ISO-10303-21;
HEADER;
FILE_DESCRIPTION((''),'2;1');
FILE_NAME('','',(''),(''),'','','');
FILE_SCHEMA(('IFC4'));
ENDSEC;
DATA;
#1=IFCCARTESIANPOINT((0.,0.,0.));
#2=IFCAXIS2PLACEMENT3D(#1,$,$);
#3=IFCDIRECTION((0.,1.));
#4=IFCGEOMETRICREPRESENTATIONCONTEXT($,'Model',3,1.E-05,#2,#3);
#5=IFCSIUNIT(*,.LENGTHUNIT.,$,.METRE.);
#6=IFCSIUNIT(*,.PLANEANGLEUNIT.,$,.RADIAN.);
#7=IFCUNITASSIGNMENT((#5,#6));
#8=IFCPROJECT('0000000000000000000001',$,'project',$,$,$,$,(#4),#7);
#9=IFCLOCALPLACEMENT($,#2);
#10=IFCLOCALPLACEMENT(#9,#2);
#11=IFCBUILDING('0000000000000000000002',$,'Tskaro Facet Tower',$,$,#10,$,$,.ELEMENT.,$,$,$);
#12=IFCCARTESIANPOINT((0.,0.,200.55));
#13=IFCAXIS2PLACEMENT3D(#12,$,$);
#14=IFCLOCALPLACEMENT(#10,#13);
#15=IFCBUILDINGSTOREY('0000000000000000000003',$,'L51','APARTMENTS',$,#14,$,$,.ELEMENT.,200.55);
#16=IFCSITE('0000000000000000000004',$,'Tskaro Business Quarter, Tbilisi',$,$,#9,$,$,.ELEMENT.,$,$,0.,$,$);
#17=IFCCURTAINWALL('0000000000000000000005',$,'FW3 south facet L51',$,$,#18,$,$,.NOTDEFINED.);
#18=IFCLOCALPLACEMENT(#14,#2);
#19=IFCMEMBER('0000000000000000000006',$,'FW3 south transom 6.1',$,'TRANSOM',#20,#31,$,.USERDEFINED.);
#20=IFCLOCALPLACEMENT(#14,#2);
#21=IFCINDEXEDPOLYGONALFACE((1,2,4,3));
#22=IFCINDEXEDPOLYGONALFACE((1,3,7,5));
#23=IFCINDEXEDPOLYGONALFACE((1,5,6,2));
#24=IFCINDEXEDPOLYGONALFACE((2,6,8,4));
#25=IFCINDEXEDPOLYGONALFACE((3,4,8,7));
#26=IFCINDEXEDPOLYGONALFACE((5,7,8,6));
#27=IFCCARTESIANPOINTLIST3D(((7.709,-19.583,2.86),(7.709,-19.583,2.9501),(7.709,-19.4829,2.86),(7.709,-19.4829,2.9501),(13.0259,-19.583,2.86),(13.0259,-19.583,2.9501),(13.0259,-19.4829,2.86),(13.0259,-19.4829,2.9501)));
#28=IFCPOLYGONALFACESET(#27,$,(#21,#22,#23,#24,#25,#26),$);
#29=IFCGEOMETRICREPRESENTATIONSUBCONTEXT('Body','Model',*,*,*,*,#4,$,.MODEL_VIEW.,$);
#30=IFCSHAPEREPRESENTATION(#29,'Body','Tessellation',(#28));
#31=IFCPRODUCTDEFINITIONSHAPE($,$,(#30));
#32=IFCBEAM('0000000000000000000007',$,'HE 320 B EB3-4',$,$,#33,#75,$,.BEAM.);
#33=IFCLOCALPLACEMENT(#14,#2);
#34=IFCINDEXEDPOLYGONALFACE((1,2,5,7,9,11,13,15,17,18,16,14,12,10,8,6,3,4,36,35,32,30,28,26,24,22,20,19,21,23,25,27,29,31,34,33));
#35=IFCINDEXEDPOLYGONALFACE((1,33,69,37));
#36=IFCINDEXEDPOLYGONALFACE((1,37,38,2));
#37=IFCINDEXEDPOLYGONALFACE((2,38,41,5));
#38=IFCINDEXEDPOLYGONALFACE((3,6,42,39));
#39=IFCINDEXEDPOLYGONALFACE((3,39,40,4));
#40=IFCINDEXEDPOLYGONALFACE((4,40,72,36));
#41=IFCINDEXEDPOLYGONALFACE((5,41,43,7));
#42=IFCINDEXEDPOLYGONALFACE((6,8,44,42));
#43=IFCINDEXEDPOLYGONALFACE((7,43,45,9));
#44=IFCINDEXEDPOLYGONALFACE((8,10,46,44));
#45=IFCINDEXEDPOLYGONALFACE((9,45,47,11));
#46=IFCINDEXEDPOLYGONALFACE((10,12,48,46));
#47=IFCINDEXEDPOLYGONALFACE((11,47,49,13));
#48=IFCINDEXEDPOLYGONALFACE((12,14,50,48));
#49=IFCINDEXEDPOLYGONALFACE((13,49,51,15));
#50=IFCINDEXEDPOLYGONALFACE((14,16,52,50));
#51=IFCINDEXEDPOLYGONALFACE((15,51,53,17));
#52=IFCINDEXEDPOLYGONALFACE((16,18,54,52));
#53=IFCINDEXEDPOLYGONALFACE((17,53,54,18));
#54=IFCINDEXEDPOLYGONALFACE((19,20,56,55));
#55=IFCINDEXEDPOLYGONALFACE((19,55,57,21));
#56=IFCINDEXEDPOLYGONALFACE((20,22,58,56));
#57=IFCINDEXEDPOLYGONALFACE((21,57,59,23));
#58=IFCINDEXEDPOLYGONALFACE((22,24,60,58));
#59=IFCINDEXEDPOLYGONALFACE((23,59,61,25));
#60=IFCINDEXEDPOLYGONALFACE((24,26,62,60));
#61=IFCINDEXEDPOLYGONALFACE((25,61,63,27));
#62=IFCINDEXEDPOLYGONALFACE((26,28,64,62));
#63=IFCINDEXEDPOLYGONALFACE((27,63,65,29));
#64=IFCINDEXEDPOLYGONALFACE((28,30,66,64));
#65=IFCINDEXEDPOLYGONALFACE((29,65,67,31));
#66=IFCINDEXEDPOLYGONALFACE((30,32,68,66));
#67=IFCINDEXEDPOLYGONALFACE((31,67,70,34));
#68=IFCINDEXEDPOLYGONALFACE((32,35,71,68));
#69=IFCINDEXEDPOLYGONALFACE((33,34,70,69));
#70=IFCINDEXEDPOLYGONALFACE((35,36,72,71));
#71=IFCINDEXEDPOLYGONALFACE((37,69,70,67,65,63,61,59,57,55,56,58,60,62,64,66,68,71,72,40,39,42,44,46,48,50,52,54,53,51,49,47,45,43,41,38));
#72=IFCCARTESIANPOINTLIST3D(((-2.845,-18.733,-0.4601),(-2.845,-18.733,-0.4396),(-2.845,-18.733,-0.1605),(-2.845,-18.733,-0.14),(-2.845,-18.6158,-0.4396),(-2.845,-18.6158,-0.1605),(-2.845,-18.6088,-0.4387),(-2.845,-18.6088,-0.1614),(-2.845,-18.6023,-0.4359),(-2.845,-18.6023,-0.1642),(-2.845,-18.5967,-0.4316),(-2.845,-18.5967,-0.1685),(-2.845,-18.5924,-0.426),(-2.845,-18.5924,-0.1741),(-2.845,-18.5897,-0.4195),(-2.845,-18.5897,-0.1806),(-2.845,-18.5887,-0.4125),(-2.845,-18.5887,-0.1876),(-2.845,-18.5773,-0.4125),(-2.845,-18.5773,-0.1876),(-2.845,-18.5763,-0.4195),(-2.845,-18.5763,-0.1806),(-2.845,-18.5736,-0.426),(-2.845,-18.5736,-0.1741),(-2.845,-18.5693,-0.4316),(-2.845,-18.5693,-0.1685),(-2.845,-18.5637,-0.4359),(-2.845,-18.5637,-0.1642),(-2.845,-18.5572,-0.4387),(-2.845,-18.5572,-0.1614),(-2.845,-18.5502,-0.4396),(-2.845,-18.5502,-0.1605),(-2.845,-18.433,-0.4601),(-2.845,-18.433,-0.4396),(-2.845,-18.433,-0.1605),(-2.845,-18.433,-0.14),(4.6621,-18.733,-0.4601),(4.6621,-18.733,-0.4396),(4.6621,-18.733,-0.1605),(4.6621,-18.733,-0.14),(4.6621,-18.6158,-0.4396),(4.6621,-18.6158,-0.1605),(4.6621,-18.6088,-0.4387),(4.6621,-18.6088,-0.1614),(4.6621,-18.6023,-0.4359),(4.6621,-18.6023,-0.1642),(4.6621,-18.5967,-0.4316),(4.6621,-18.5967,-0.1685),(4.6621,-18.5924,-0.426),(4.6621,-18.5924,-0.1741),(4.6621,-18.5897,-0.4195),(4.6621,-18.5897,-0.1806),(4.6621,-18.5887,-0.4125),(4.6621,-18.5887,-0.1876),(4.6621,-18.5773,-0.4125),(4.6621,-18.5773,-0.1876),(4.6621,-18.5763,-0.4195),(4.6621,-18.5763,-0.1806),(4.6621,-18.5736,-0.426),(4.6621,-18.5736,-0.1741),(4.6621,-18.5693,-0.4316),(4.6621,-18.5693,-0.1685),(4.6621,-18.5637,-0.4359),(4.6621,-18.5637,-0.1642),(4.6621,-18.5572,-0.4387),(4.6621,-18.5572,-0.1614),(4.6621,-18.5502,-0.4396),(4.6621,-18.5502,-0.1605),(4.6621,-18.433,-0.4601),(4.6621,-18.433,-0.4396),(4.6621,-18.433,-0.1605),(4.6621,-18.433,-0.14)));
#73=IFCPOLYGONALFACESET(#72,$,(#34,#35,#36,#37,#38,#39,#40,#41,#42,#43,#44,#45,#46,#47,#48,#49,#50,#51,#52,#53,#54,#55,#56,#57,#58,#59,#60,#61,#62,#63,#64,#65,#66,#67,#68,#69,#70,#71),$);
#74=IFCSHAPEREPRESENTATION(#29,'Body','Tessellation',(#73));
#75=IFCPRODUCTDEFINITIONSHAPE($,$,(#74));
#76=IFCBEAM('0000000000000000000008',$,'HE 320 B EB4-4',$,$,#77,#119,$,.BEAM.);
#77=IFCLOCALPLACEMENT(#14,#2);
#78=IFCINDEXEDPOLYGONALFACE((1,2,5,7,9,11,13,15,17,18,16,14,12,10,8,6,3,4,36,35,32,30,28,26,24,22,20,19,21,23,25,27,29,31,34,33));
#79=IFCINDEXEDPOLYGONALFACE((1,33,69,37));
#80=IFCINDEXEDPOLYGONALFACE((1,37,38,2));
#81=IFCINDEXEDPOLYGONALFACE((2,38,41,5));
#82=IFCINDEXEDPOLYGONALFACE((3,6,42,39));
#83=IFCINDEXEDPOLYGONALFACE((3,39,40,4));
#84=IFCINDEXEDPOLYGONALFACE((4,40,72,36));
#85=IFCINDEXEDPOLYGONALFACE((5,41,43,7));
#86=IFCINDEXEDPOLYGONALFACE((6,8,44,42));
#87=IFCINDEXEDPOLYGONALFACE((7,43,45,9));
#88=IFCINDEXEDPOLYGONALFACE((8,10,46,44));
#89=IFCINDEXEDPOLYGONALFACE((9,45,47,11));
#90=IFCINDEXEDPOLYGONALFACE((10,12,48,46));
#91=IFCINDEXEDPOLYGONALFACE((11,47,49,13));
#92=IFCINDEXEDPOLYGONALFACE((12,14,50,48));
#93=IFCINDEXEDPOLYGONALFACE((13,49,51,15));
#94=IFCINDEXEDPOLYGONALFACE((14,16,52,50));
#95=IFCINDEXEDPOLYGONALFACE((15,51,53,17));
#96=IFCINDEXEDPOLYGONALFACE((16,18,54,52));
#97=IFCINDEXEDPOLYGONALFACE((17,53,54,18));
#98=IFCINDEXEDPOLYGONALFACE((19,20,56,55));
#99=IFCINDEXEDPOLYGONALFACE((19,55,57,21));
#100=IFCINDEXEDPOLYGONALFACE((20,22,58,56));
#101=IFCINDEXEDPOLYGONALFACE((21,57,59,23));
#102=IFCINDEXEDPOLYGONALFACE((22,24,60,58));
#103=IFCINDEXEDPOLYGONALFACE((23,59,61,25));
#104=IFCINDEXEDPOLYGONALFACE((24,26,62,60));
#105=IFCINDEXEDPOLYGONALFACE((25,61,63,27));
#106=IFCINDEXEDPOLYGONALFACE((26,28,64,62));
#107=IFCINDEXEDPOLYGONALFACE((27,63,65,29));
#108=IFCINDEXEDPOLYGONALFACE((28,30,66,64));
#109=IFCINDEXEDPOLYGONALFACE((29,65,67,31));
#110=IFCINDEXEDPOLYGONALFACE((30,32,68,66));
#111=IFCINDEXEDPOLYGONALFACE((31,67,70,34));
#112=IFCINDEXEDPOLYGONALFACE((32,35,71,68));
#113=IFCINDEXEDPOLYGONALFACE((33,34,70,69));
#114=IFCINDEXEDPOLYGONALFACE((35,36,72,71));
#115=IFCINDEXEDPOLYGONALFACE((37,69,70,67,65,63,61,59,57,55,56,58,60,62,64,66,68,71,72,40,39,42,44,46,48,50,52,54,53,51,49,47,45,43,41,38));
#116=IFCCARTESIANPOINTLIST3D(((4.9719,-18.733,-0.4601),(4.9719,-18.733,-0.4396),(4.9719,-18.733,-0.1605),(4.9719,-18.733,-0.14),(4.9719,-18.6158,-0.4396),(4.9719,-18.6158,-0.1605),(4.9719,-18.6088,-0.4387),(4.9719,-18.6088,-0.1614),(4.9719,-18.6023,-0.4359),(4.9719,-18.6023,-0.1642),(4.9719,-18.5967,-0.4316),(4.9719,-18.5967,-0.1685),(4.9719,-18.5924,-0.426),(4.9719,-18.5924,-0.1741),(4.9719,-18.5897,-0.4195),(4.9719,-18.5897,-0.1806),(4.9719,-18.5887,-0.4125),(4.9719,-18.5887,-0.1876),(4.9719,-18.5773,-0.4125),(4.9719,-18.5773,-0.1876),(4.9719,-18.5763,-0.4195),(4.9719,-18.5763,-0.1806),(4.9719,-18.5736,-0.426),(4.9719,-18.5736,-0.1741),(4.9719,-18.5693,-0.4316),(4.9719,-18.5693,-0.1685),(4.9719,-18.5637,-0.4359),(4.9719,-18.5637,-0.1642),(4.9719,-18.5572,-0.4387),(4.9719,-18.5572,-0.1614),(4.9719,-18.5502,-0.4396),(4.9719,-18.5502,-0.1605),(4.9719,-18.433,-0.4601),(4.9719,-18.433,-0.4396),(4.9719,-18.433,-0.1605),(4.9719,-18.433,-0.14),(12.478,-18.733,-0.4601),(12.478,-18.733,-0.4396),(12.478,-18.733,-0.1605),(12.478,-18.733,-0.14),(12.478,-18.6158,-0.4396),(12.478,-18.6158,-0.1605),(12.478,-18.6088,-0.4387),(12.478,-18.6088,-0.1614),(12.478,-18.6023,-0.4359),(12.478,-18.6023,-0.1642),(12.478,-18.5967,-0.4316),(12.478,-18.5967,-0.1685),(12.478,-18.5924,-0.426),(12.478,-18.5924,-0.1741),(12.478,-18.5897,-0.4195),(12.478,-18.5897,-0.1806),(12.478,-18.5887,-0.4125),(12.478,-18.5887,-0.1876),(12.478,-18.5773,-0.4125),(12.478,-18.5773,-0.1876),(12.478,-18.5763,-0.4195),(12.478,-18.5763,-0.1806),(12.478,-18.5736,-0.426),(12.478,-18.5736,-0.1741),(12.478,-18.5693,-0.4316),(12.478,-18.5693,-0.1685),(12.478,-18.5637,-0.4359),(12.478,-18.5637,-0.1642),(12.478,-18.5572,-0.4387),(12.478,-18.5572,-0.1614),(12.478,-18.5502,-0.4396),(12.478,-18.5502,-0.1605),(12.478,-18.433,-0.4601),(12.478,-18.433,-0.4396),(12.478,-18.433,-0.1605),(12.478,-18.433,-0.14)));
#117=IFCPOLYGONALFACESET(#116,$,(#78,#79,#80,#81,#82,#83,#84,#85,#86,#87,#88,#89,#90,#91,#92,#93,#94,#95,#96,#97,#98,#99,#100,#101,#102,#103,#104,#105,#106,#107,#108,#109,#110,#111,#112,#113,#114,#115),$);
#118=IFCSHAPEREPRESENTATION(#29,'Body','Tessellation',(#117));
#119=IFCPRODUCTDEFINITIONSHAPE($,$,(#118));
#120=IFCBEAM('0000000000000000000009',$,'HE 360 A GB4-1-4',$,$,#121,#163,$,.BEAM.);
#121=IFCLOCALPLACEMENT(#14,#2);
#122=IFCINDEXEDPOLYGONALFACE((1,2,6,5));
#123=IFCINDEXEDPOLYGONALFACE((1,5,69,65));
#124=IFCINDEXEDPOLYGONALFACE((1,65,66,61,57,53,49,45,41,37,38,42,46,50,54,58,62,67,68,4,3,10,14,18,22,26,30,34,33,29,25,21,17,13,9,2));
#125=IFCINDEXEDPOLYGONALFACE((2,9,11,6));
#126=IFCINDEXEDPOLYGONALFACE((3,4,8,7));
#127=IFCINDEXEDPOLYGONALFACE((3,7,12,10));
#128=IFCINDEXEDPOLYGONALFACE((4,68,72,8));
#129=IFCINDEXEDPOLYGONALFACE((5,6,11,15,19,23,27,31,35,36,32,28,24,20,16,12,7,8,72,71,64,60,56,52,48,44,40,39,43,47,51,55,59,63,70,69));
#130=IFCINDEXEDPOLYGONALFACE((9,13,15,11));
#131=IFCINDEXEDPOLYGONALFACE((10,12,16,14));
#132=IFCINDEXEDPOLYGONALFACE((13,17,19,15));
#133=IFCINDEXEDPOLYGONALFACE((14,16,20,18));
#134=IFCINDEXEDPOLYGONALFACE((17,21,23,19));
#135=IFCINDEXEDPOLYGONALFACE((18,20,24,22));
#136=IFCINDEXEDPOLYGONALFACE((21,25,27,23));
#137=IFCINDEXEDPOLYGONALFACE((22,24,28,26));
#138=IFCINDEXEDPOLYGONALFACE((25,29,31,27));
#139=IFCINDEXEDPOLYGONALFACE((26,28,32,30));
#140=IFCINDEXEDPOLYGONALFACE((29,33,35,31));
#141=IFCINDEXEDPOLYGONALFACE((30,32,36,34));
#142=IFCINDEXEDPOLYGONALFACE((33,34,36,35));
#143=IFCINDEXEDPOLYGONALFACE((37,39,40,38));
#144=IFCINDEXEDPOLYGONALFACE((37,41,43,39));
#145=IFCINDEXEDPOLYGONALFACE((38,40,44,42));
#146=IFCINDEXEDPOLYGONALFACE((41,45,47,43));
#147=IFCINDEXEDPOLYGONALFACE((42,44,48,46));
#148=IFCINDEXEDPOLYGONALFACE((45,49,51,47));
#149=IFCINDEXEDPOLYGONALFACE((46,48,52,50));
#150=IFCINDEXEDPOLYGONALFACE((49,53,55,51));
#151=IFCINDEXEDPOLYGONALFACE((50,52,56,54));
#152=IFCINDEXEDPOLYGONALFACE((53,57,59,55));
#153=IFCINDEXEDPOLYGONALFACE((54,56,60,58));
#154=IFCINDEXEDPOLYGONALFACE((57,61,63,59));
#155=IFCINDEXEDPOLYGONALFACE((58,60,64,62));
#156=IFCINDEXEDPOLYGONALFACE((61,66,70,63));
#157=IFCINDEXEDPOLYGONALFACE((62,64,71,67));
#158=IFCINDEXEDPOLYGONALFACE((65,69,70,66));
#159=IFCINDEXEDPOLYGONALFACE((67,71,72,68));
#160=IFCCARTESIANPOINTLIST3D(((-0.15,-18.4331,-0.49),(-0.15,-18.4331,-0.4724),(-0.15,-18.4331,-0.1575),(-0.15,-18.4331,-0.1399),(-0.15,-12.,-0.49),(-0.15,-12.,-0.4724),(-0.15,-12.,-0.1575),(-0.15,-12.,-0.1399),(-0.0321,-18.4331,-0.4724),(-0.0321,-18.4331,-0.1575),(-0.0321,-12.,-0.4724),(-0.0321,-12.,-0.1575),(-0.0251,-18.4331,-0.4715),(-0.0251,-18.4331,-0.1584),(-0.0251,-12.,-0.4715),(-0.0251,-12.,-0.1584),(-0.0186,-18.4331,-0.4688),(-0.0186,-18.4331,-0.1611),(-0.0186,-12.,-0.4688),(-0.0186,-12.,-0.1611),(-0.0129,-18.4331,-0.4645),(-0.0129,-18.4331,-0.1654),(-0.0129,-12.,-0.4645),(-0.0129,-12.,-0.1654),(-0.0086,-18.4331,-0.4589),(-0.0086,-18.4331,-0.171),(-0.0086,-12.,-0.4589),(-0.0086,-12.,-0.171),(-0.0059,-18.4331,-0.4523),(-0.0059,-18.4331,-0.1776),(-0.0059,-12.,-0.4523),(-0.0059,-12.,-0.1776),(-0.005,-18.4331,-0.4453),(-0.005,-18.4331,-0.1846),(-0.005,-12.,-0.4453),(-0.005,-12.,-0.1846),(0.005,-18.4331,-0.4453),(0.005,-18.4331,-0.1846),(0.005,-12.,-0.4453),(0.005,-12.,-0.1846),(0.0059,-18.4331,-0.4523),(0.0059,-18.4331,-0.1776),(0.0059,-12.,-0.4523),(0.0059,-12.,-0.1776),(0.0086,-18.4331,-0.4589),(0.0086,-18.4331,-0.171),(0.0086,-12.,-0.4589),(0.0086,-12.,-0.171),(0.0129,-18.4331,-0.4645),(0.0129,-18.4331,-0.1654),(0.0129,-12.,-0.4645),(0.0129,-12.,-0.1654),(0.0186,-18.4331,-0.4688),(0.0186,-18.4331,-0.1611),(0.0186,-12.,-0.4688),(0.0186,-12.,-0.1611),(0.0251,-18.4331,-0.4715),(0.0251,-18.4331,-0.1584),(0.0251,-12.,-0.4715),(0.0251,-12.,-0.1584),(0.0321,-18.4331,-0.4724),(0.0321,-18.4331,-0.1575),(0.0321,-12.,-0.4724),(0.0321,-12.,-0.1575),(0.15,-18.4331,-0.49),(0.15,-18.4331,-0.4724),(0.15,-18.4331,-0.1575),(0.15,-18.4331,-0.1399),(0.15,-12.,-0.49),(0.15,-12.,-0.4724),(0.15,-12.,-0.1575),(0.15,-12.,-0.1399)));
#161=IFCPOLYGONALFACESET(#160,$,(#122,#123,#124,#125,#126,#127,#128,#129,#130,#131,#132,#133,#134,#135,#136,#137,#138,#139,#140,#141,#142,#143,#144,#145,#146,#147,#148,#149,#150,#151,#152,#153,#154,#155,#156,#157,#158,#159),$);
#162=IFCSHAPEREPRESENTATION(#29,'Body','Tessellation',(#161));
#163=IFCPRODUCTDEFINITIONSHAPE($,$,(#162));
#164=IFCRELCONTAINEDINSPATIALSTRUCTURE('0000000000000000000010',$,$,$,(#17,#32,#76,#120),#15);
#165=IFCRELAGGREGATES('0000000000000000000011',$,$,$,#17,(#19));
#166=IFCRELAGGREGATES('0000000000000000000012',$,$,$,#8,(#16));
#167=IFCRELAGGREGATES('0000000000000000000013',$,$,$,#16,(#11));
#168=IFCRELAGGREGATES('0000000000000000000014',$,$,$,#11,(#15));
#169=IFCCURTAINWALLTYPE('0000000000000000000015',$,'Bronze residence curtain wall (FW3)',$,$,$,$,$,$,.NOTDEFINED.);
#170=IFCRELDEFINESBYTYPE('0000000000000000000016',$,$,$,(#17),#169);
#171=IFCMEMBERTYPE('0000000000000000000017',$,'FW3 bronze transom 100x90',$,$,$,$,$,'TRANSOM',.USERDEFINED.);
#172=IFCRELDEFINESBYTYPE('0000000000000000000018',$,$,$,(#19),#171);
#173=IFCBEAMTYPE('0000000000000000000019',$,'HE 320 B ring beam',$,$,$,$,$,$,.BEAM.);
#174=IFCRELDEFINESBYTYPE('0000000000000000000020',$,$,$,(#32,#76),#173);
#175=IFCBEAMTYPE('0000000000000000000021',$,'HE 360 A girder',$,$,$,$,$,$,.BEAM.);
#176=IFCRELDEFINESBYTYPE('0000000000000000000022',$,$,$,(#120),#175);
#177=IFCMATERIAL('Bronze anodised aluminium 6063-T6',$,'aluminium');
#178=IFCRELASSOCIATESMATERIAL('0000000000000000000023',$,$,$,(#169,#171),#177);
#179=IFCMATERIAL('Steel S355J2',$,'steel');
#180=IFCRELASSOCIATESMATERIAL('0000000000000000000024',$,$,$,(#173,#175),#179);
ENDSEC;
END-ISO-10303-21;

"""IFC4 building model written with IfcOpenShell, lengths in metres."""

from ifc_helpers import new_model, si_unit, direction, frame, origin, origin_2d, place, context, subcontext, project, spatial, rectangle, i_section, extrude, material, material_profile, profile_set, type_object, element, aggregate, save


model = new_model("IFC4")

# Units and contexts
model_context = context("Model", 3, precision=1e-05, world=origin(), true_north=direction((0.0, 1.0)))
body_context = subcontext(model_context, "Body", "Model", "MODEL_VIEW")
ifc_project = project(units=[si_unit("LENGTHUNIT", "METRE"), si_unit("PLANEANGLEUNIT", "RADIAN")], contexts=[model_context])

# Site, building, storey
site_placement = place(None, origin())
site = spatial("IfcSite", under=ifc_project, at=site_placement, Name="Tskaro Business Quarter, Tbilisi", CompositionType="ELEMENT", RefElevation=0.0)
building_placement = place(site_placement, origin())
building = spatial("IfcBuilding", under=site, at=building_placement, Name="Tskaro Facet Tower", CompositionType="ELEMENT")
storey_placement = place(building_placement, frame((0.0, 0.0, 200.55)))
storey = spatial("IfcBuildingStorey", under=building, at=storey_placement, Name="L51", Description="APARTMENTS", CompositionType="ELEMENT", Elevation=200.55)

# Curtain wall, member
ifc_material_1 = material(Name="Bronze anodised aluminium 6063-T6", Category="aluminium")
curtain_wall_type = type_object("IfcCurtainWallType", Name="Bronze residence curtain wall (FW3)", PredefinedType="NOTDEFINED", material=ifc_material_1)
curtain_wall_placement = place(storey_placement, origin())
curtain_wall = element("IfcCurtainWall", 1, at=curtain_wall_placement, inside=storey, type_object=curtain_wall_type, Name="FW3 south facet L51", PredefinedType="NOTDEFINED")
ifc_material_profile_1 = material_profile(ifc_material_1, rectangle(XDim=0.1001, YDim=0.0901, at=origin_2d()), Name="Transom 100x90")
ifc_profile_set_1 = profile_set([ifc_material_profile_1], Name="Bronze anodised aluminium 6063-T6")
member_type_1 = type_object("IfcMemberType", Name="FW3 bronze transom 100x90", ElementType="TRANSOM", PredefinedType="USERDEFINED", material=ifc_profile_set_1)
member_1_placement = place(storey_placement, frame((7.709, -19.533, 2.905), z_axis=(1.0, 0.0, 0.0), x_axis=(0.0, 1.0, 0.0)))
member_1 = element("IfcMember", 2, at=member_1_placement, type_object=member_type_1, Name="FW3 south transom 6.1", ObjectType="TRANSOM", PredefinedType="USERDEFINED", context=body_context, shape_type="SweptSolid", body=[
    extrude(rectangle(XDim=0.1001, YDim=0.0901, at=origin_2d()), origin(), (0.0, 0.0, 1.0), 5.3169),
])

# Beams
ifc_material_2 = material(Name="Steel S355J2", Category="steel")
ifc_material_profile_2 = material_profile(ifc_material_2, i_section(OverallWidth=0.3, OverallDepth=0.3201, WebThickness=0.0115, FlangeThickness=0.0205, FilletRadius=0.0271, at=origin_2d()), Name="HE 320 B")
ifc_profile_set_2 = profile_set([ifc_material_profile_2], Name="Steel S355J2")
beam_type_1 = type_object("IfcBeamType", Name="HE 320 B ring beam", PredefinedType="BEAM", material=ifc_profile_set_2)
beam_1_placement = place(storey_placement, frame((-2.845, -18.583, -0.3), z_axis=(1.0, 0.0, 0.0), x_axis=(0.0, 1.0, 0.0)))
element("IfcBeam", 3, at=beam_1_placement, inside=storey, type_object=beam_type_1, Name="HE 320 B EB3-4", PredefinedType="BEAM", context=body_context, shape_type="SweptSolid", body=[
    extrude(i_section(OverallWidth=0.3, OverallDepth=0.3201, WebThickness=0.0115, FlangeThickness=0.0205, FilletRadius=0.0271, at=origin_2d()), origin(), (0.0, 0.0, 1.0), 7.5071),
])
beam_2_placement = place(storey_placement, frame((4.9719, -18.583, -0.3), z_axis=(1.0, 0.0, 0.0), x_axis=(0.0, 1.0, 0.0)))
element("IfcBeam", 4, at=beam_2_placement, inside=storey, type_object=beam_type_1, Name="HE 320 B EB4-4", PredefinedType="BEAM", context=body_context, shape_type="SweptSolid", body=[
    extrude(i_section(OverallWidth=0.3, OverallDepth=0.3201, WebThickness=0.0115, FlangeThickness=0.0205, FilletRadius=0.0271, at=origin_2d()), origin(), (0.0, 0.0, 1.0), 7.5061),
])
ifc_material_profile_3 = material_profile(ifc_material_2, i_section(OverallWidth=0.3, OverallDepth=0.3501, WebThickness=0.01, FlangeThickness=0.0176, FilletRadius=0.0271, at=origin_2d()), Name="HE 360 A")
ifc_profile_set_3 = profile_set([ifc_material_profile_3], Name="Steel S355J2")
beam_type_2 = type_object("IfcBeamType", Name="HE 360 A girder", PredefinedType="BEAM", material=ifc_profile_set_3)
beam_3_placement = place(storey_placement, frame((0.0, -18.4331, -0.3149), z_axis=(0.0, 1.0, 0.0), x_axis=(-1.0, 0.0, 0.0)))
element("IfcBeam", 5, at=beam_3_placement, inside=storey, type_object=beam_type_2, Name="HE 360 A GB4-1-4", PredefinedType="BEAM", context=body_context, shape_type="SweptSolid", body=[
    extrude(i_section(OverallWidth=0.3, OverallDepth=0.3501, WebThickness=0.01, FlangeThickness=0.0176, FilletRadius=0.0271, at=origin_2d()), origin(), (0.0, 0.0, 1.0), 6.4331),
])

aggregate(curtain_wall, [member_1])

save(model, "model.ifc")
